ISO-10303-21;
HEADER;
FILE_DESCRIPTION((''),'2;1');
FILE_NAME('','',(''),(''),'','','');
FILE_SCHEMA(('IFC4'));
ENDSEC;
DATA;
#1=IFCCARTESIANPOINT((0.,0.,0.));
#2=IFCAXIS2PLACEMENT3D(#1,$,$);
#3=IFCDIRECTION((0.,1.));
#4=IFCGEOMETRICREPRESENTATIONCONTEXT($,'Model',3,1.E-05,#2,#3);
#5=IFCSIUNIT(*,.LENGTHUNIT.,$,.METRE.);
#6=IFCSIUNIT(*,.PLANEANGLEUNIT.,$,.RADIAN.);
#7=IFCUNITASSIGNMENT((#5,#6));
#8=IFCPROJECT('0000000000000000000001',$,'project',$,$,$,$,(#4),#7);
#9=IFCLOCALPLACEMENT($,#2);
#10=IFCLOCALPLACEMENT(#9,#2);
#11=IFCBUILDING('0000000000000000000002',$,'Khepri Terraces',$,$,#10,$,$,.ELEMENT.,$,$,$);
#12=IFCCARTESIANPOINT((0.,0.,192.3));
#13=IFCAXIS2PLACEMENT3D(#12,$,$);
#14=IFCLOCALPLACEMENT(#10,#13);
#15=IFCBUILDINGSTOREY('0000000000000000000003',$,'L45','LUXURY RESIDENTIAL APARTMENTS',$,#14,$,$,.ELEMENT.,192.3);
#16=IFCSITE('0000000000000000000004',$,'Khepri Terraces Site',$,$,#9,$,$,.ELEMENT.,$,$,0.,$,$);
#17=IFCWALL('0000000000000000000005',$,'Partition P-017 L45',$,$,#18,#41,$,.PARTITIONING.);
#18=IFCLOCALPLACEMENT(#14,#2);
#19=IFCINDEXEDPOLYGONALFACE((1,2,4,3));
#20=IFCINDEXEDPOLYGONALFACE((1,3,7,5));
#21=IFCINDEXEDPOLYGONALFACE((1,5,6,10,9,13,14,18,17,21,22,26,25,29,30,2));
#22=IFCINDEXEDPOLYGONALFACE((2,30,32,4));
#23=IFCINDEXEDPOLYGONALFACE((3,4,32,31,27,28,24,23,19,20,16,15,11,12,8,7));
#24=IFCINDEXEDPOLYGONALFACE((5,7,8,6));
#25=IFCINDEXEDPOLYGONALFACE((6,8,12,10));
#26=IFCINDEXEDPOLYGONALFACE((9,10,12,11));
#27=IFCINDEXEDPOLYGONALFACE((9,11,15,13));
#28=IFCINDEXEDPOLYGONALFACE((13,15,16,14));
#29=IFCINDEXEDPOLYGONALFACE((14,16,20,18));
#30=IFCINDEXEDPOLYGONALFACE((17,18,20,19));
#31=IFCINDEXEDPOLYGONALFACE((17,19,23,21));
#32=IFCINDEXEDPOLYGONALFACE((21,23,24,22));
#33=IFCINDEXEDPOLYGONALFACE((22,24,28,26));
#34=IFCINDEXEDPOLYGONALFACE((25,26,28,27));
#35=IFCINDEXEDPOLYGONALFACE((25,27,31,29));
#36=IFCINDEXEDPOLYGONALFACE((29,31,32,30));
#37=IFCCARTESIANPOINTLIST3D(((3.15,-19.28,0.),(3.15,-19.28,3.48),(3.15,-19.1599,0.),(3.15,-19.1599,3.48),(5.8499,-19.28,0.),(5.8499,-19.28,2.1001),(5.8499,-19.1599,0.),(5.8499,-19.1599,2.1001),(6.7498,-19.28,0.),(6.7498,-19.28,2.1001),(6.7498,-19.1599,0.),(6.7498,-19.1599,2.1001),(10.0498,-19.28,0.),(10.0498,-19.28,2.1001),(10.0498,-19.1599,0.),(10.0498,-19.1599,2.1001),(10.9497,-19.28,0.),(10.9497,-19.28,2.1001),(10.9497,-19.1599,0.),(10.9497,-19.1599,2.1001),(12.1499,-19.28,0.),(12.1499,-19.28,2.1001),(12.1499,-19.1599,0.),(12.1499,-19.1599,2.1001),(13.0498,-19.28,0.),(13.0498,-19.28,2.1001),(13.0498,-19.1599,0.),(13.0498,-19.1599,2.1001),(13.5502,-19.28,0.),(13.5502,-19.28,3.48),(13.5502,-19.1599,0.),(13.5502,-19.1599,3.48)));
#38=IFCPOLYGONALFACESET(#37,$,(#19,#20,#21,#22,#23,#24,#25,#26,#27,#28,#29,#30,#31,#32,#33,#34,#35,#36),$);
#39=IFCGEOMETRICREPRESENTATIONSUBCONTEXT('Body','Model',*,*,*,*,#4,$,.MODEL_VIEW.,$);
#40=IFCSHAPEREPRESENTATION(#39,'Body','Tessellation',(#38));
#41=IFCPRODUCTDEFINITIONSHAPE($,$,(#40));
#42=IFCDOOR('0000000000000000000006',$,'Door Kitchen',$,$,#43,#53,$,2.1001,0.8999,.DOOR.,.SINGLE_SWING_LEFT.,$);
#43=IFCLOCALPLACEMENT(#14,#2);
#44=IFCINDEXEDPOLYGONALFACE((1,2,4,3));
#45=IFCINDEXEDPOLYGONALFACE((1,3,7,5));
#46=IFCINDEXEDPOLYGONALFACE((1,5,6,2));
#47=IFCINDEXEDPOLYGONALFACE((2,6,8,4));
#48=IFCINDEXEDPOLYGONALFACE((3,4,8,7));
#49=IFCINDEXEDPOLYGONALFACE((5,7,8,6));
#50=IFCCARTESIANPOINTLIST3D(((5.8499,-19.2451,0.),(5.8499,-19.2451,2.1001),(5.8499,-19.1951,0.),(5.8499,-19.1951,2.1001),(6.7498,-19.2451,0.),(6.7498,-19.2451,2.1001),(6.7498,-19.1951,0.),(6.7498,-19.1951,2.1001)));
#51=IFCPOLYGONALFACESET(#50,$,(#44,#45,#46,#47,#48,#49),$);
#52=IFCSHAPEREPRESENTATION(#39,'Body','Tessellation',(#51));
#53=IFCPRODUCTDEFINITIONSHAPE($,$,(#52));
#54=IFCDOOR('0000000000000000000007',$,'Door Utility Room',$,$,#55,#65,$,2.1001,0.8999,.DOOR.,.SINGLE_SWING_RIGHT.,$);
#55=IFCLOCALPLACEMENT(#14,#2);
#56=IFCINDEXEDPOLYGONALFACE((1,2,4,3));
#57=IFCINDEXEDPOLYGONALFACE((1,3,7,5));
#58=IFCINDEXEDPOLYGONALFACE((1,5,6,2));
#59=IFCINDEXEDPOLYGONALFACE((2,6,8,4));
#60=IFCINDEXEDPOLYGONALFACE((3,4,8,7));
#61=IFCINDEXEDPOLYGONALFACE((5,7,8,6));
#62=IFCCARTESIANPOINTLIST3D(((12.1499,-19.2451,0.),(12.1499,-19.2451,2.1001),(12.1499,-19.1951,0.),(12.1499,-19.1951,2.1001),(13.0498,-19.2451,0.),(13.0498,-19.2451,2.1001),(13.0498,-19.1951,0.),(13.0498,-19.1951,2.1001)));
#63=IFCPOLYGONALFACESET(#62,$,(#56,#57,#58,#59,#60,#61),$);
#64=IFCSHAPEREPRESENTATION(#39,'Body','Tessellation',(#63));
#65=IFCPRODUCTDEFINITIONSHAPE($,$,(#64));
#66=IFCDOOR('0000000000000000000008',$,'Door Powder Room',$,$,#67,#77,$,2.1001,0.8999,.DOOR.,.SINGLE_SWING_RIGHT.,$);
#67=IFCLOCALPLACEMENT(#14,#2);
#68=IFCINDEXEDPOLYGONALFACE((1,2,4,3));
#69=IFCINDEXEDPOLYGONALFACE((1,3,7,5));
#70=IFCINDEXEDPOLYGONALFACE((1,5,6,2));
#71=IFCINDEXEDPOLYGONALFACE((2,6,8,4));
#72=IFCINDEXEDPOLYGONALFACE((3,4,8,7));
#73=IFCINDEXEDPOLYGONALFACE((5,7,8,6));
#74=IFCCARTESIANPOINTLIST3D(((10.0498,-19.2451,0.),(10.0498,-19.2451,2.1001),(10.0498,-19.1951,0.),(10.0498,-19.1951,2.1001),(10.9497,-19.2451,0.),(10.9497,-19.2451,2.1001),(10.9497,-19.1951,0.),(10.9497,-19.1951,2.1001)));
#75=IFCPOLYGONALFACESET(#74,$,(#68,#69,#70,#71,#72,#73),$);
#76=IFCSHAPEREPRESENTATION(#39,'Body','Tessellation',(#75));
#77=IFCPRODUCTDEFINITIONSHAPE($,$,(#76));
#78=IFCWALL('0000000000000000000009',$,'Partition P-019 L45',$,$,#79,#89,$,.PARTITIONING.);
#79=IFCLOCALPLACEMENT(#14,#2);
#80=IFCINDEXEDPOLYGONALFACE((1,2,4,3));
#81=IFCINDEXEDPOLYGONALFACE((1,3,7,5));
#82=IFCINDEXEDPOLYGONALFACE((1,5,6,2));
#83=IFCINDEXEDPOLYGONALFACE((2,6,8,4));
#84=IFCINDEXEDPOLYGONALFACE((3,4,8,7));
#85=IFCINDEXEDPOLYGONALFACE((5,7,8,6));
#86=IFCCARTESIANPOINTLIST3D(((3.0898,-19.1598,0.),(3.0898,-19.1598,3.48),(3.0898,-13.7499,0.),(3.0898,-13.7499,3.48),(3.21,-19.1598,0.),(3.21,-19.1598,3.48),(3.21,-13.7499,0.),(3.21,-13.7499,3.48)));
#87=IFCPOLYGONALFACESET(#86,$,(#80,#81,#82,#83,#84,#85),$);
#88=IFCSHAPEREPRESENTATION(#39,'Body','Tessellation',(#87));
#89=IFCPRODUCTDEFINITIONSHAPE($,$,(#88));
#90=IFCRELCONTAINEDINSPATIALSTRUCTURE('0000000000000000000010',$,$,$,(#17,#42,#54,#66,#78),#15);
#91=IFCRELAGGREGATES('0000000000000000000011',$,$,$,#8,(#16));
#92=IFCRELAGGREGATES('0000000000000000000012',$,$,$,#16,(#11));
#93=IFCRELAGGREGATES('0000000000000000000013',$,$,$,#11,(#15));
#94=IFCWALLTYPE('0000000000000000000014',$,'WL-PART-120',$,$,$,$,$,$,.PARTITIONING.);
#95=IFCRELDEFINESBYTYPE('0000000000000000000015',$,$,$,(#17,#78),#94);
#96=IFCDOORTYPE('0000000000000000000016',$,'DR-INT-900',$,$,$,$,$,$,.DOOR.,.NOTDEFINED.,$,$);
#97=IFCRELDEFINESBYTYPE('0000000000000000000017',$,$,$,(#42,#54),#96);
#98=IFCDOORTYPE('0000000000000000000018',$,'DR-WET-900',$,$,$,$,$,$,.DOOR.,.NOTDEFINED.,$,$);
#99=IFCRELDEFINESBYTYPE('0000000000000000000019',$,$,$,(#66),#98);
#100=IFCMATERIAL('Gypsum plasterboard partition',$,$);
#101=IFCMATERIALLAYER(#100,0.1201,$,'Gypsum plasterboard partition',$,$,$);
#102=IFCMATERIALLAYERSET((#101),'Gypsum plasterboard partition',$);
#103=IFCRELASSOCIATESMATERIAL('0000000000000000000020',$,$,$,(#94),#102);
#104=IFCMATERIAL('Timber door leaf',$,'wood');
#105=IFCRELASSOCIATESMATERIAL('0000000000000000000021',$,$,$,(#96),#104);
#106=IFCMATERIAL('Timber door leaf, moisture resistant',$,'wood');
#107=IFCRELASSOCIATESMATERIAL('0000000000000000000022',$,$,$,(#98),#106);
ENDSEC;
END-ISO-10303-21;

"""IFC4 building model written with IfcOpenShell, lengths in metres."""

from ifc_helpers import new_model, si_unit, direction, frame, frame_2d, origin, place, context, subcontext, project, spatial, rectangle, extrude, material, layer, layer_set, type_object, element, fill, save


model = new_model("IFC4")

# Units and contexts
model_context = context("Model", 3, precision=1e-05, world=origin(), true_north=direction((0.0, 1.0)))
body_context = subcontext(model_context, "Body", "Model", "MODEL_VIEW")
ifc_project = project(units=[si_unit("LENGTHUNIT", "METRE"), si_unit("PLANEANGLEUNIT", "RADIAN")], contexts=[model_context])

# Site, building, storey
site_placement = place(None, origin())
site = spatial("IfcSite", under=ifc_project, at=site_placement, Name="Khepri Terraces Site", CompositionType="ELEMENT", RefElevation=0.0)
building_placement = place(site_placement, origin())
building = spatial("IfcBuilding", under=site, at=building_placement, Name="Khepri Terraces", CompositionType="ELEMENT")
storey_placement = place(building_placement, frame((0.0, 0.0, 192.3)))
storey = spatial("IfcBuildingStorey", under=building, at=storey_placement, Name="L45", Description="LUXURY RESIDENTIAL APARTMENTS", CompositionType="ELEMENT", Elevation=192.3)

# Shared definitions
ifc_material_1 = material(Name="Gypsum plasterboard partition")
ifc_layer_1 = layer(ifc_material_1, 0.1201, Name="Gypsum plasterboard partition")
ifc_layer_set_1 = layer_set([ifc_layer_1], Name="Gypsum plasterboard partition")
wall_type_1 = type_object("IfcWallType", Name="WL-PART-120", PredefinedType="PARTITIONING", material=ifc_layer_set_1)
ifc_material_2 = material(Name="Timber door leaf", Category="wood")
door_type_1 = type_object("IfcDoorType", Name="DR-INT-900", OperationType="NOTDEFINED", PredefinedType="DOOR", material=ifc_material_2)
ifc_material_3 = material(Name="Timber door leaf, moisture resistant", Category="wood")
door_type_2 = type_object("IfcDoorType", Name="DR-WET-900", OperationType="NOTDEFINED", PredefinedType="DOOR", material=ifc_material_3)

# Wall, openings, doors
wall_1_placement = place(storey_placement, frame((3.1499, -19.22, 0.0), z_axis=(0.0, 0.0, 1.0), x_axis=(1.0, 0.0, 0.0)))
wall_1 = element("IfcWall", 1, at=wall_1_placement, inside=storey, type_object=wall_type_1, Name="Partition P-017 L45", PredefinedType="PARTITIONING", context=body_context, shape_type="SweptSolid", body=[
    extrude(rectangle(XDim=10.4001, YDim=0.1201, at=frame_2d((5.2002, 0.0))), origin(), (0.0, 0.0, 1.0), 3.48),
])
opening_1_placement = place(wall_1_placement, frame((2.7, 0.0, 0.0)))
opening_1 = element("IfcOpeningElement", 2, at=opening_1_placement, cuts=wall_1, PredefinedType="OPENING", context=body_context, shape_type="SweptSolid", body=[
    extrude(rectangle(XDim=0.8999, YDim=2.1001, at=frame_2d((0.45, 1.05))), frame((0.0, 0.0701, 0.0), z_axis=(0.0, -1.0, 0.0), x_axis=(1.0, 0.0, 0.0)), (0.0, 0.0, 1.0), 0.1401),
])
opening_2_placement = place(wall_1_placement, frame((6.8999, 0.0, 0.0)))
opening_2 = element("IfcOpeningElement", 3, at=opening_2_placement, cuts=wall_1, PredefinedType="OPENING", context=body_context, shape_type="SweptSolid", body=[
    extrude(rectangle(XDim=0.8999, YDim=2.1001, at=frame_2d((0.45, 1.05))), frame((0.0, 0.0701, 0.0), z_axis=(0.0, -1.0, 0.0), x_axis=(1.0, 0.0, 0.0)), (0.0, 0.0, 1.0), 0.1401),
])
opening_3_placement = place(wall_1_placement, frame((9.0, 0.0, 0.0)))
opening_3 = element("IfcOpeningElement", 4, at=opening_3_placement, cuts=wall_1, PredefinedType="OPENING", context=body_context, shape_type="SweptSolid", body=[
    extrude(rectangle(XDim=0.8999, YDim=2.1001, at=frame_2d((0.45, 1.05))), frame((0.0, 0.0701, 0.0), z_axis=(0.0, -1.0, 0.0), x_axis=(1.0, 0.0, 0.0)), (0.0, 0.0, 1.0), 0.1401),
])
door_1_placement = place(opening_1_placement, origin())
door_1 = element("IfcDoor", 5, at=door_1_placement, inside=storey, type_object=door_type_1, Name="Door Kitchen", OperationType="SINGLE_SWING_LEFT", OverallHeight=2.1001, OverallWidth=0.8999, PredefinedType="DOOR", context=body_context, shape_type="SweptSolid", body=[
    extrude(rectangle(XDim=0.8999, YDim=2.1001, at=frame_2d((0.45, 1.05))), frame((0.0, 0.0249, 0.0), z_axis=(0.0, -1.0, 0.0), x_axis=(1.0, 0.0, 0.0)), (0.0, 0.0, 1.0), 0.05),
])
fill(opening_1, door_1)
door_2_placement = place(opening_3_placement, origin())
door_2 = element("IfcDoor", 6, at=door_2_placement, inside=storey, type_object=door_type_1, Name="Door Utility Room", OperationType="SINGLE_SWING_RIGHT", OverallHeight=2.1001, OverallWidth=0.8999, PredefinedType="DOOR", context=body_context, shape_type="SweptSolid", body=[
    extrude(rectangle(XDim=0.8999, YDim=2.1001, at=frame_2d((0.45, 1.05))), frame((0.0, 0.0249, 0.0), z_axis=(0.0, -1.0, 0.0), x_axis=(1.0, 0.0, 0.0)), (0.0, 0.0, 1.0), 0.05),
])
fill(opening_3, door_2)
door_3_placement = place(opening_2_placement, origin())
door_3 = element("IfcDoor", 7, at=door_3_placement, inside=storey, type_object=door_type_2, Name="Door Powder Room", OperationType="SINGLE_SWING_RIGHT", OverallHeight=2.1001, OverallWidth=0.8999, PredefinedType="DOOR", context=body_context, shape_type="SweptSolid", body=[
    extrude(rectangle(XDim=0.8999, YDim=2.1001, at=frame_2d((0.45, 1.05))), frame((0.0, 0.0249, 0.0), z_axis=(0.0, -1.0, 0.0), x_axis=(1.0, 0.0, 0.0)), (0.0, 0.0, 1.0), 0.05),
])
fill(opening_2, door_3)

# Wall
wall_2_placement = place(storey_placement, frame((3.1499, -19.1599, 0.0), z_axis=(0.0, 0.0, 1.0), x_axis=(0.0, 1.0, 0.0)))
element("IfcWall", 8, at=wall_2_placement, inside=storey, type_object=wall_type_1, Name="Partition P-019 L45", PredefinedType="PARTITIONING", context=body_context, shape_type="SweptSolid", body=[
    extrude(rectangle(XDim=5.4099, YDim=0.1201, at=frame_2d((2.7051, 0.0))), origin(), (0.0, 0.0, 1.0), 3.48),
])

save(model, "model.ifc")
